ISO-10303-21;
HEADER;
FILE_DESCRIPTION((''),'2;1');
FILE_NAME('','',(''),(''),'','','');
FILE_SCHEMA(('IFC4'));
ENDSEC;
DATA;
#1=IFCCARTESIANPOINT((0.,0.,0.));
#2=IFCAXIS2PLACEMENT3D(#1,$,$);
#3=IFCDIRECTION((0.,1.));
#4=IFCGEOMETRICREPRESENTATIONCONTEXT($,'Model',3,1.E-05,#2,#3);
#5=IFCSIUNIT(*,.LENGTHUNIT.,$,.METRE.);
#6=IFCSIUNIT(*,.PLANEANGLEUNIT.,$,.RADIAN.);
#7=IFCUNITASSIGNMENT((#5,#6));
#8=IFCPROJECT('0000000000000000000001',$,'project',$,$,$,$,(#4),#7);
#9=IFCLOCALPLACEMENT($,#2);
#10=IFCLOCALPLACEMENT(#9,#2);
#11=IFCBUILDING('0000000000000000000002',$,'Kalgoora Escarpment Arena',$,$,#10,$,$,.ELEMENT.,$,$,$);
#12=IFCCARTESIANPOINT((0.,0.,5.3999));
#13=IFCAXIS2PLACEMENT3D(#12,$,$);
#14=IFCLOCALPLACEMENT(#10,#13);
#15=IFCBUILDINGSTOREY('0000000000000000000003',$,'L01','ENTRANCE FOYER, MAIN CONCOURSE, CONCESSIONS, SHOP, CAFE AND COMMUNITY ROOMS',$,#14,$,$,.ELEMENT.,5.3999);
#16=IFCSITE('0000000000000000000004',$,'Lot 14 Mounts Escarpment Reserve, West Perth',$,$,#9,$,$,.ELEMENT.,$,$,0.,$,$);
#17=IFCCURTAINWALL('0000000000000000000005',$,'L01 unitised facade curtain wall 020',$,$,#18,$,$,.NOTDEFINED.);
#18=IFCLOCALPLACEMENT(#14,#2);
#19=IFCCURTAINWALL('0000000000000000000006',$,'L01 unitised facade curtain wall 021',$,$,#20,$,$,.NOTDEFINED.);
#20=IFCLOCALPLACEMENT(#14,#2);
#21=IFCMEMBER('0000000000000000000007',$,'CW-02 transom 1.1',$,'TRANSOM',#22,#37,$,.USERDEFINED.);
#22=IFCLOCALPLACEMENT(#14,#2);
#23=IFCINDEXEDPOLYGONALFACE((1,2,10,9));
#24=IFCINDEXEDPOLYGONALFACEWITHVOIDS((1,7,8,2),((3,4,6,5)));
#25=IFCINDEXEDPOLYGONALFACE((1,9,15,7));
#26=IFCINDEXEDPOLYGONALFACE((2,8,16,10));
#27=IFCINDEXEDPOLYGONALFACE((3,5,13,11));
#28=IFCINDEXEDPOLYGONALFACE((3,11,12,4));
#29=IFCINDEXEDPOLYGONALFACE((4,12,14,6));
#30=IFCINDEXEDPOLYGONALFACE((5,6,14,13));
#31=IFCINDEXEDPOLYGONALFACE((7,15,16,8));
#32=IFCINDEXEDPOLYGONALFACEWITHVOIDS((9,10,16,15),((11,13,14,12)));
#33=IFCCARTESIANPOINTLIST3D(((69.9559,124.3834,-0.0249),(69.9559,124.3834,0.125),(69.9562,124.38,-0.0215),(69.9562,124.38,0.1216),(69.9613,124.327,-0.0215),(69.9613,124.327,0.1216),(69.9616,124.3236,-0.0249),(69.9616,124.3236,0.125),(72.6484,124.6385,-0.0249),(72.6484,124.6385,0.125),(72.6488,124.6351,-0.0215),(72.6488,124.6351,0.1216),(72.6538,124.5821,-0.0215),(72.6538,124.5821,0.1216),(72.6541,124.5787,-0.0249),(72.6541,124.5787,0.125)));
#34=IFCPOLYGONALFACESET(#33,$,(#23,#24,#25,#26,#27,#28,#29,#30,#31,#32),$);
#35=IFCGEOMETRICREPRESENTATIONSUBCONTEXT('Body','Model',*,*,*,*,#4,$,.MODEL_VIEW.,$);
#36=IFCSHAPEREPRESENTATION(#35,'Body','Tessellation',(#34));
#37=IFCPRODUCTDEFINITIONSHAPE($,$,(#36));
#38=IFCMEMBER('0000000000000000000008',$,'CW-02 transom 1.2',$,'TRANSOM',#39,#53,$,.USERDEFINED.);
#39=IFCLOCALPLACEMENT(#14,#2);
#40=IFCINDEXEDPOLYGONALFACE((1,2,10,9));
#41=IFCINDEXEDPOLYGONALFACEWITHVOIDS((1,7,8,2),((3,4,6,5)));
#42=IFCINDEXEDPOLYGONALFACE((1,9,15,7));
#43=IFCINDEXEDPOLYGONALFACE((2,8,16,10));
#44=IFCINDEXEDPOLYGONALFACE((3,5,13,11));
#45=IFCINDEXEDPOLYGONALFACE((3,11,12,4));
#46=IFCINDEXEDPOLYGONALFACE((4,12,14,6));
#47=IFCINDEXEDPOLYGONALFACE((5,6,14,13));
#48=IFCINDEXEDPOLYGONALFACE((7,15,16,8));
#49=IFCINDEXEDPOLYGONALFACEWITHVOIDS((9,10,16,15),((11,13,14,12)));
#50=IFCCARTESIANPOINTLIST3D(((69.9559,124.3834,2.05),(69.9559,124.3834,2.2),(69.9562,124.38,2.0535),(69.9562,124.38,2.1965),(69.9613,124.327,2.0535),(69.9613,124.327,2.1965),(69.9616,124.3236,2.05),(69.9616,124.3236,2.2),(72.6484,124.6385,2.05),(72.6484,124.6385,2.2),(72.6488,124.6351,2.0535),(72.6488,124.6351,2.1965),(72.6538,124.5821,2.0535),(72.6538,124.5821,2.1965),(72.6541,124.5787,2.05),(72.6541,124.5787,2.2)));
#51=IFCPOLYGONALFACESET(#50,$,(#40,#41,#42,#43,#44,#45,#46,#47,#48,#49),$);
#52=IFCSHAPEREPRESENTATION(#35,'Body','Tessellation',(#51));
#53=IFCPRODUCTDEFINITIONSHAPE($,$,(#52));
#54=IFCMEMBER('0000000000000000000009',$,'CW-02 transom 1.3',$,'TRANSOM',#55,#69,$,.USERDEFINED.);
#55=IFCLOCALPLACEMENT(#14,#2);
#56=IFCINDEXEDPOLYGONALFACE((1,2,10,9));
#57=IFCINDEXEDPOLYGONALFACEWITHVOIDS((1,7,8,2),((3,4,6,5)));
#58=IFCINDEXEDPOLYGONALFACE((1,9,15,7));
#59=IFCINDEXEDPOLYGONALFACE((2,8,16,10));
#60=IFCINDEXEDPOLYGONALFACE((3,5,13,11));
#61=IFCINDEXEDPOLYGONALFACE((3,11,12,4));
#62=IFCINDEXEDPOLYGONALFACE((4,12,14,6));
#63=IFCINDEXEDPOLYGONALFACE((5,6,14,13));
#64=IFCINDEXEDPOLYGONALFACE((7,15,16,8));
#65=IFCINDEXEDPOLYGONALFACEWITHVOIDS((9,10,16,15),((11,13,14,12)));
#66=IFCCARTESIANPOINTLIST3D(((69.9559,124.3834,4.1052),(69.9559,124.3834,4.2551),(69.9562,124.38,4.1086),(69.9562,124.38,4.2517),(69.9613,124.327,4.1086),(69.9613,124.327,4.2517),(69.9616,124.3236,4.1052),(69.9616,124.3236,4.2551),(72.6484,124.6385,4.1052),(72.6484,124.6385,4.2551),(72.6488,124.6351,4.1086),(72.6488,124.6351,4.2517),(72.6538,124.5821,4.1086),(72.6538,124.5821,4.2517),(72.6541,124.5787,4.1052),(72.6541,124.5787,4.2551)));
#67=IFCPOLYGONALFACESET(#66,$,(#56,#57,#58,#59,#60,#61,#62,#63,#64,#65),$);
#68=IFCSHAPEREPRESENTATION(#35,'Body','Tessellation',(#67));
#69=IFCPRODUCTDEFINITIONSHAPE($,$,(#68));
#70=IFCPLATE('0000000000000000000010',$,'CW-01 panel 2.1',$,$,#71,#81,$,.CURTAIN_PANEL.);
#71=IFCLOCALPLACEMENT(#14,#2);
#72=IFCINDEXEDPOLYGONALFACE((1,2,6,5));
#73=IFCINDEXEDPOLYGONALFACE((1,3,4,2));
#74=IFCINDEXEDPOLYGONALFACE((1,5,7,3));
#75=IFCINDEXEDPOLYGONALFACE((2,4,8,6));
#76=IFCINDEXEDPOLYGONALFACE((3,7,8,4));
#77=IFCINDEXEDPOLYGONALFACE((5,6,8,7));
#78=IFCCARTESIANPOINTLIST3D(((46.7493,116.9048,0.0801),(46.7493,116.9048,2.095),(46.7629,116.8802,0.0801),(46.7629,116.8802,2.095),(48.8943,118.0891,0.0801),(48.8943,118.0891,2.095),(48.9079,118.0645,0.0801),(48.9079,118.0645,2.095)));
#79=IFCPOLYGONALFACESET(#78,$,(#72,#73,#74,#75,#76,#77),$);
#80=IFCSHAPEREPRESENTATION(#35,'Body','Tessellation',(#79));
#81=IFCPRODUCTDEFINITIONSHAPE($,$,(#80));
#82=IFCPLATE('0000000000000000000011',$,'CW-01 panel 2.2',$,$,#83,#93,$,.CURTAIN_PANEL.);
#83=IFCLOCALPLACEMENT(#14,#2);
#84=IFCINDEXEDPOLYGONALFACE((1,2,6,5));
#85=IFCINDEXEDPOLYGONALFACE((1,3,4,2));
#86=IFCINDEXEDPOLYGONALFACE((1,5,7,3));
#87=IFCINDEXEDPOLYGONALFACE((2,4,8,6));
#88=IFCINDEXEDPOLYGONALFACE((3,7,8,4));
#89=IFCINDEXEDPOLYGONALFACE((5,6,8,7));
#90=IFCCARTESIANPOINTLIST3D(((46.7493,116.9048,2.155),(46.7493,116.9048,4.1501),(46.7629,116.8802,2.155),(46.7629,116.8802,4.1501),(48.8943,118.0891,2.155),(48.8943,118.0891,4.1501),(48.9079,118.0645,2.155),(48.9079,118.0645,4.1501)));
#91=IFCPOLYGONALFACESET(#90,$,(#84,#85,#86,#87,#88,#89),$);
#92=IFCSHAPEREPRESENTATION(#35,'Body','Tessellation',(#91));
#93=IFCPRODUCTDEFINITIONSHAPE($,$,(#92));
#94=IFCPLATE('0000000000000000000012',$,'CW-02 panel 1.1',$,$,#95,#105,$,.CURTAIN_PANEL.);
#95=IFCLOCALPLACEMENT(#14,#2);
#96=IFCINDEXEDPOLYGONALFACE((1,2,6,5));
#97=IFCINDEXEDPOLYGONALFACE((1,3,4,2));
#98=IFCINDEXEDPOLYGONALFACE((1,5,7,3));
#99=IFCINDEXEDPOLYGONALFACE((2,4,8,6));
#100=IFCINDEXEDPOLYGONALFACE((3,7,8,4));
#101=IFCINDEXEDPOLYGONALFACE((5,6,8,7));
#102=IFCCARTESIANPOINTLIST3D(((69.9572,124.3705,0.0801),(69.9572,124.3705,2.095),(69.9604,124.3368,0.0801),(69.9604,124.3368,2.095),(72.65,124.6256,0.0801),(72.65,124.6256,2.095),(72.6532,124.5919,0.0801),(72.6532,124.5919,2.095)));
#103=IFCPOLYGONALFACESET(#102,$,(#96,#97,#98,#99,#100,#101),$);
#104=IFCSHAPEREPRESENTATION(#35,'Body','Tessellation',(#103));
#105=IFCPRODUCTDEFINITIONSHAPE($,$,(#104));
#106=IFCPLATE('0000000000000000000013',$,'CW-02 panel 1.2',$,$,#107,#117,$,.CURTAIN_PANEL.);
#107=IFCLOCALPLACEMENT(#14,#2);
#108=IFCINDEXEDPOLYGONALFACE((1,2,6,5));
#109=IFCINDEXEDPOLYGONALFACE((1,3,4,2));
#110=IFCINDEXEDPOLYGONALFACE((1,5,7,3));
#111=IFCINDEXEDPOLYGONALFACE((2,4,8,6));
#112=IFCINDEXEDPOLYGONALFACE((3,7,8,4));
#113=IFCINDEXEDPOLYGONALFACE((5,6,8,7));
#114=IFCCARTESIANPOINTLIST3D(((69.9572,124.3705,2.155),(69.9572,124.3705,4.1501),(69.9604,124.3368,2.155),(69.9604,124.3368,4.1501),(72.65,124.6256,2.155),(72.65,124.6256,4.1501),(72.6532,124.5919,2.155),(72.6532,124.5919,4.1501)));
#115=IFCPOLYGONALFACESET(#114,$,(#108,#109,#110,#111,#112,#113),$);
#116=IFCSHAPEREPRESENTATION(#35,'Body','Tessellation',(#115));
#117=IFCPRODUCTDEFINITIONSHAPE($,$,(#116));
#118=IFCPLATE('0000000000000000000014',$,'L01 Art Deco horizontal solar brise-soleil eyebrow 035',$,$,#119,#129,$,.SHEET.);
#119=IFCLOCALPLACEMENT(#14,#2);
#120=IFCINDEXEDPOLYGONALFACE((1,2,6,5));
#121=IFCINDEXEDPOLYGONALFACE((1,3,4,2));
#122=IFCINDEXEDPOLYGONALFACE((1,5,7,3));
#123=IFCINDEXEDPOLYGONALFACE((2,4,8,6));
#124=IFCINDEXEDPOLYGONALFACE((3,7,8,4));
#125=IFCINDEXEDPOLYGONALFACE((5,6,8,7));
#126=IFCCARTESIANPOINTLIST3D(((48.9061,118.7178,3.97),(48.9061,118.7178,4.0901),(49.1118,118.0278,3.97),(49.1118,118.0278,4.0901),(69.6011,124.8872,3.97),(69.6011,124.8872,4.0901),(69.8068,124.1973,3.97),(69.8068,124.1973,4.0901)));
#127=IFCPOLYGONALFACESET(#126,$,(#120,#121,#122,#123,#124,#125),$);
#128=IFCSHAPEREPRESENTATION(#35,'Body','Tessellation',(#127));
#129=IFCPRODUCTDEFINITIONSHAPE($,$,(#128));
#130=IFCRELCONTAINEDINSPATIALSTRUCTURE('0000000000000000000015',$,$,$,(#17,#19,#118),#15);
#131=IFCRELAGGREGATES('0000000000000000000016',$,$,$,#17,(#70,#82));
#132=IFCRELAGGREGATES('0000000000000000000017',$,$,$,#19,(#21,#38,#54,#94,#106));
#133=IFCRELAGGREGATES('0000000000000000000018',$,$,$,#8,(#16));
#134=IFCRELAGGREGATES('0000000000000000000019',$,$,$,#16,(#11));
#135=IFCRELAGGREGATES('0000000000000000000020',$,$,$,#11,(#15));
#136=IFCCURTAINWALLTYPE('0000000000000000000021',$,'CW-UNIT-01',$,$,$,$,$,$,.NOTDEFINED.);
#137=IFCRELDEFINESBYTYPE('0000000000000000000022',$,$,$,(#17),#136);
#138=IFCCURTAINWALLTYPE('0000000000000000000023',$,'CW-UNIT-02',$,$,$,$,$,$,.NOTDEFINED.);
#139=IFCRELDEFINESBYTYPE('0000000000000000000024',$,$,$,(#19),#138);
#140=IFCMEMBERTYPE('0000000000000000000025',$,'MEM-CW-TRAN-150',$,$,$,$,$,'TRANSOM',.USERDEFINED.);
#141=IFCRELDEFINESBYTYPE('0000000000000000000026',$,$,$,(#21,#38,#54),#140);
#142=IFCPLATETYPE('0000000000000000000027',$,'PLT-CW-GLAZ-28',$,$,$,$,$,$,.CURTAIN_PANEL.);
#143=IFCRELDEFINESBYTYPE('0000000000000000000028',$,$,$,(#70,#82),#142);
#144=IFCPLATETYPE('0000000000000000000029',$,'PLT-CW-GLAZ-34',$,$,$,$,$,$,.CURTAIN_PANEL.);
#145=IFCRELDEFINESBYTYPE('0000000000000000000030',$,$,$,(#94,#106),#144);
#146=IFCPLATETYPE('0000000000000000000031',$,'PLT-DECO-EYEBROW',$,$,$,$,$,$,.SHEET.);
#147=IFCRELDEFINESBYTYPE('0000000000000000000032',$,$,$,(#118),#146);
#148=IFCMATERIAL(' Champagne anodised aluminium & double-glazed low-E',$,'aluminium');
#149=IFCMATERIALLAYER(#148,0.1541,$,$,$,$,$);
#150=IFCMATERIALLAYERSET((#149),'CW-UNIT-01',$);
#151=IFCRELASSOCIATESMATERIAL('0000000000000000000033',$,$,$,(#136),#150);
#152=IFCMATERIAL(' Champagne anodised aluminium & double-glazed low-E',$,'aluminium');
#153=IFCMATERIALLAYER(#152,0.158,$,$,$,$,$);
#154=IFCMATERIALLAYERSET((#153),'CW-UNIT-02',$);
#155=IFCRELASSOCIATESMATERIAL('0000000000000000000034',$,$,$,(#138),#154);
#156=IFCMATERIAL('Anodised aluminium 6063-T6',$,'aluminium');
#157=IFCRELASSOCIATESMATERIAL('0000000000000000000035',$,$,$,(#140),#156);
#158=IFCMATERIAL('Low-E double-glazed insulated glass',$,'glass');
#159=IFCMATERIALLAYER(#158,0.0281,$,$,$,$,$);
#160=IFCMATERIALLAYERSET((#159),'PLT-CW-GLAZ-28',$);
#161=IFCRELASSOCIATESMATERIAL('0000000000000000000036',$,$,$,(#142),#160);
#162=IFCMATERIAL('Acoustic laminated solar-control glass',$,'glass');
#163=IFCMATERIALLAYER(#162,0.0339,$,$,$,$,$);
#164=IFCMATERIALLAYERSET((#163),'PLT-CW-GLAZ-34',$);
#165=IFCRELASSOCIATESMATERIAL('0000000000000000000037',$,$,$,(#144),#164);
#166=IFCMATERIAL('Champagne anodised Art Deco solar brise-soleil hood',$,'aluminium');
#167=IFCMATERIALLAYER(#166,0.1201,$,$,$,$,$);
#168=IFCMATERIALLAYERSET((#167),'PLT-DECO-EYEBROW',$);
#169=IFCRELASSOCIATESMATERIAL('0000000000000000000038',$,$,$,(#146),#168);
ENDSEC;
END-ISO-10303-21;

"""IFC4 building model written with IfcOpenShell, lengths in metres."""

from ifc_helpers import new_model, si_unit, direction, frame, origin, origin_2d, place, context, subcontext, project, spatial, rectangle, hollow_rectangle, extrude, material, layer, layer_set, material_profile, profile_set, type_object, element, aggregate, save


model = new_model("IFC4")

# Units and contexts
model_context = context("Model", 3, precision=1e-05, world=origin(), true_north=direction((0.0, 1.0)))
body_context = subcontext(model_context, "Body", "Model", "MODEL_VIEW")
ifc_project = project(units=[si_unit("LENGTHUNIT", "METRE"), si_unit("PLANEANGLEUNIT", "RADIAN")], contexts=[model_context])

# Site, building, storey
site_placement = place(None, origin())
site = spatial("IfcSite", under=ifc_project, at=site_placement, Name="Lot 14 Mounts Escarpment Reserve, West Perth", CompositionType="ELEMENT", RefElevation=0.0)
building_placement = place(site_placement, origin())
building = spatial("IfcBuilding", under=site, at=building_placement, Name="Kalgoora Escarpment Arena", CompositionType="ELEMENT")
storey_placement = place(building_placement, frame((0.0, 0.0, 5.3999)))
storey = spatial("IfcBuildingStorey", under=building, at=storey_placement, Name="L01", Description="ENTRANCE FOYER, MAIN CONCOURSE, CONCESSIONS, SHOP, CAFE AND COMMUNITY ROOMS", CompositionType="ELEMENT", Elevation=5.3999)

# Curtain wall
ifc_material_1 = material(Name=" Champagne anodised aluminium & double-glazed low-E", Category="aluminium")
ifc_layer_1 = layer(ifc_material_1, 0.1541)
ifc_layer_set_1 = layer_set([ifc_layer_1], Name="CW-UNIT-01")
curtain_wall_type_1 = type_object("IfcCurtainWallType", Name="CW-UNIT-01", PredefinedType="NOTDEFINED", material=ifc_layer_set_1)
curtain_wall_1_placement = place(storey_placement, origin())
curtain_wall_1 = element("IfcCurtainWall", 1, at=curtain_wall_1_placement, inside=storey, type_object=curtain_wall_type_1, Name="L01 unitised facade curtain wall 020", PredefinedType="NOTDEFINED")

# Curtain wall, members
ifc_material_2 = material(Name=" Champagne anodised aluminium & double-glazed low-E", Category="aluminium")
ifc_layer_2 = layer(ifc_material_2, 0.158)
ifc_layer_set_2 = layer_set([ifc_layer_2], Name="CW-UNIT-02")
curtain_wall_type_2 = type_object("IfcCurtainWallType", Name="CW-UNIT-02", PredefinedType="NOTDEFINED", material=ifc_layer_set_2)
curtain_wall_2_placement = place(storey_placement, origin())
curtain_wall_2 = element("IfcCurtainWall", 2, at=curtain_wall_2_placement, inside=storey, type_object=curtain_wall_type_2, Name="L01 unitised facade curtain wall 021", PredefinedType="NOTDEFINED")
ifc_material_3 = material(Name="Anodised aluminium 6063-T6", Category="aluminium")
ifc_material_profile_1 = material_profile(ifc_material_3, hollow_rectangle(XDim=0.0601, YDim=0.1499, WallThickness=0.0034, at=origin_2d()))
ifc_profile_set_1 = profile_set([ifc_material_profile_1], Name="Anodised aluminium 6063-T6")
member_type_1 = type_object("IfcMemberType", Name="MEM-CW-TRAN-150", ElementType="TRANSOM", PredefinedType="USERDEFINED", material=ifc_profile_set_1)
member_1_placement = place(storey_placement, frame((69.9587, 124.3535, 0.05), z_axis=(0.995541, 0.094328, 0.0), x_axis=(-0.094328, 0.995541, 0.0)))
member_1 = element("IfcMember", 3, at=member_1_placement, type_object=member_type_1, Name="CW-02 transom 1.1", ObjectType="TRANSOM", PredefinedType="USERDEFINED", context=body_context, shape_type="SweptSolid", body=[
    extrude(hollow_rectangle(XDim=0.0601, YDim=0.1499, WallThickness=0.0034, at=origin_2d()), origin(), (0.0, 0.0, 1.0), 2.7046),
])
member_2_placement = place(storey_placement, frame((69.9587, 124.3535, 2.125), z_axis=(0.995541, 0.094328, 0.0), x_axis=(-0.094328, 0.995541, 0.0)))
member_2 = element("IfcMember", 4, at=member_2_placement, type_object=member_type_1, Name="CW-02 transom 1.2", ObjectType="TRANSOM", PredefinedType="USERDEFINED", context=body_context, shape_type="SweptSolid", body=[
    extrude(hollow_rectangle(XDim=0.0601, YDim=0.1499, WallThickness=0.0034, at=origin_2d()), origin(), (0.0, 0.0, 1.0), 2.7046),
])
member_3_placement = place(storey_placement, frame((69.9587, 124.3535, 4.1802), z_axis=(0.995541, 0.094328, 0.0), x_axis=(-0.094328, 0.995541, 0.0)))
member_3 = element("IfcMember", 5, at=member_3_placement, type_object=member_type_1, Name="CW-02 transom 1.3", ObjectType="TRANSOM", PredefinedType="USERDEFINED", context=body_context, shape_type="SweptSolid", body=[
    extrude(hollow_rectangle(XDim=0.0601, YDim=0.1499, WallThickness=0.0034, at=origin_2d()), origin(), (0.0, 0.0, 1.0), 2.7046),
])

# Plates
ifc_material_4 = material(Name="Low-E double-glazed insulated glass", Category="glass")
ifc_layer_3 = layer(ifc_material_4, 0.0281)
ifc_layer_set_3 = layer_set([ifc_layer_3], Name="PLT-CW-GLAZ-28")
plate_type_1 = type_object("IfcPlateType", Name="PLT-CW-GLAZ-28", PredefinedType="CURTAIN_PANEL", material=ifc_layer_set_3)
plate_1_placement = place(storey_placement, frame((47.8286, 117.4846, 0.0801), z_axis=(0.0, 0.0, 1.0), x_axis=(0.875431, 0.483343, 0.0)))
plate_1 = element("IfcPlate", 6, at=plate_1_placement, type_object=plate_type_1, Name="CW-01 panel 2.1", PredefinedType="CURTAIN_PANEL", context=body_context, shape_type="SweptSolid", body=[
    extrude(rectangle(XDim=2.4502, YDim=0.0281, at=origin_2d()), origin(), (0.0, 0.0, 1.0), 2.0149),
])
plate_2_placement = place(storey_placement, frame((47.8286, 117.4846, 2.155), z_axis=(0.0, 0.0, 1.0), x_axis=(0.875431, 0.483343, 0.0)))
plate_2 = element("IfcPlate", 7, at=plate_2_placement, type_object=plate_type_1, Name="CW-01 panel 2.2", PredefinedType="CURTAIN_PANEL", context=body_context, shape_type="SweptSolid", body=[
    extrude(rectangle(XDim=2.4502, YDim=0.0281, at=origin_2d()), origin(), (0.0, 0.0, 1.0), 1.9951),
])
aggregate(curtain_wall_1, [plate_1, plate_2])
ifc_material_5 = material(Name="Acoustic laminated solar-control glass", Category="glass")
ifc_layer_4 = layer(ifc_material_5, 0.0339)
ifc_layer_set_4 = layer_set([ifc_layer_4], Name="PLT-CW-GLAZ-34")
plate_type_2 = type_object("IfcPlateType", Name="PLT-CW-GLAZ-34", PredefinedType="CURTAIN_PANEL", material=ifc_layer_set_4)
plate_3_placement = place(storey_placement, frame((71.3052, 124.4812, 0.0801), z_axis=(0.0, 0.0, 1.0), x_axis=(0.995542, 0.094316, 0.0)))
plate_3 = element("IfcPlate", 8, at=plate_3_placement, type_object=plate_type_2, Name="CW-02 panel 1.1", PredefinedType="CURTAIN_PANEL", context=body_context, shape_type="SweptSolid", body=[
    extrude(rectangle(XDim=2.7048, YDim=0.0339, at=origin_2d()), origin(), (0.0, 0.0, 1.0), 2.0149),
])
plate_4_placement = place(storey_placement, frame((71.3052, 124.4812, 2.155), z_axis=(0.0, 0.0, 1.0), x_axis=(0.995542, 0.094316, 0.0)))
plate_4 = element("IfcPlate", 9, at=plate_4_placement, type_object=plate_type_2, Name="CW-02 panel 1.2", PredefinedType="CURTAIN_PANEL", context=body_context, shape_type="SweptSolid", body=[
    extrude(rectangle(XDim=2.7048, YDim=0.0339, at=origin_2d()), origin(), (0.0, 0.0, 1.0), 1.9951),
])
aggregate(curtain_wall_2, [member_1, member_2, member_3, plate_3, plate_4])
ifc_material_6 = material(Name="Champagne anodised Art Deco solar brise-soleil hood", Category="aluminium")
ifc_layer_5 = layer(ifc_material_6, 0.1201)
ifc_layer_set_5 = layer_set([ifc_layer_5], Name="PLT-DECO-EYEBROW")
plate_type_3 = type_object("IfcPlateType", Name="PLT-DECO-EYEBROW", PredefinedType="SHEET", material=ifc_layer_set_5)
plate_5_placement = place(storey_placement, frame((59.3564, 121.4575, 3.97), z_axis=(0.0, 0.0, 1.0), x_axis=(0.958323, 0.285688, 0.0)))
element("IfcPlate", 10, at=plate_5_placement, inside=storey, type_object=plate_type_3, Name="L01 Art Deco horizontal solar brise-soleil eyebrow 035", PredefinedType="SHEET", context=body_context, shape_type="SweptSolid", body=[
    extrude(rectangle(XDim=21.595, YDim=0.72, at=origin_2d()), origin(), (0.0, 0.0, 1.0), 0.1201),
])

save(model, "model.ifc")
